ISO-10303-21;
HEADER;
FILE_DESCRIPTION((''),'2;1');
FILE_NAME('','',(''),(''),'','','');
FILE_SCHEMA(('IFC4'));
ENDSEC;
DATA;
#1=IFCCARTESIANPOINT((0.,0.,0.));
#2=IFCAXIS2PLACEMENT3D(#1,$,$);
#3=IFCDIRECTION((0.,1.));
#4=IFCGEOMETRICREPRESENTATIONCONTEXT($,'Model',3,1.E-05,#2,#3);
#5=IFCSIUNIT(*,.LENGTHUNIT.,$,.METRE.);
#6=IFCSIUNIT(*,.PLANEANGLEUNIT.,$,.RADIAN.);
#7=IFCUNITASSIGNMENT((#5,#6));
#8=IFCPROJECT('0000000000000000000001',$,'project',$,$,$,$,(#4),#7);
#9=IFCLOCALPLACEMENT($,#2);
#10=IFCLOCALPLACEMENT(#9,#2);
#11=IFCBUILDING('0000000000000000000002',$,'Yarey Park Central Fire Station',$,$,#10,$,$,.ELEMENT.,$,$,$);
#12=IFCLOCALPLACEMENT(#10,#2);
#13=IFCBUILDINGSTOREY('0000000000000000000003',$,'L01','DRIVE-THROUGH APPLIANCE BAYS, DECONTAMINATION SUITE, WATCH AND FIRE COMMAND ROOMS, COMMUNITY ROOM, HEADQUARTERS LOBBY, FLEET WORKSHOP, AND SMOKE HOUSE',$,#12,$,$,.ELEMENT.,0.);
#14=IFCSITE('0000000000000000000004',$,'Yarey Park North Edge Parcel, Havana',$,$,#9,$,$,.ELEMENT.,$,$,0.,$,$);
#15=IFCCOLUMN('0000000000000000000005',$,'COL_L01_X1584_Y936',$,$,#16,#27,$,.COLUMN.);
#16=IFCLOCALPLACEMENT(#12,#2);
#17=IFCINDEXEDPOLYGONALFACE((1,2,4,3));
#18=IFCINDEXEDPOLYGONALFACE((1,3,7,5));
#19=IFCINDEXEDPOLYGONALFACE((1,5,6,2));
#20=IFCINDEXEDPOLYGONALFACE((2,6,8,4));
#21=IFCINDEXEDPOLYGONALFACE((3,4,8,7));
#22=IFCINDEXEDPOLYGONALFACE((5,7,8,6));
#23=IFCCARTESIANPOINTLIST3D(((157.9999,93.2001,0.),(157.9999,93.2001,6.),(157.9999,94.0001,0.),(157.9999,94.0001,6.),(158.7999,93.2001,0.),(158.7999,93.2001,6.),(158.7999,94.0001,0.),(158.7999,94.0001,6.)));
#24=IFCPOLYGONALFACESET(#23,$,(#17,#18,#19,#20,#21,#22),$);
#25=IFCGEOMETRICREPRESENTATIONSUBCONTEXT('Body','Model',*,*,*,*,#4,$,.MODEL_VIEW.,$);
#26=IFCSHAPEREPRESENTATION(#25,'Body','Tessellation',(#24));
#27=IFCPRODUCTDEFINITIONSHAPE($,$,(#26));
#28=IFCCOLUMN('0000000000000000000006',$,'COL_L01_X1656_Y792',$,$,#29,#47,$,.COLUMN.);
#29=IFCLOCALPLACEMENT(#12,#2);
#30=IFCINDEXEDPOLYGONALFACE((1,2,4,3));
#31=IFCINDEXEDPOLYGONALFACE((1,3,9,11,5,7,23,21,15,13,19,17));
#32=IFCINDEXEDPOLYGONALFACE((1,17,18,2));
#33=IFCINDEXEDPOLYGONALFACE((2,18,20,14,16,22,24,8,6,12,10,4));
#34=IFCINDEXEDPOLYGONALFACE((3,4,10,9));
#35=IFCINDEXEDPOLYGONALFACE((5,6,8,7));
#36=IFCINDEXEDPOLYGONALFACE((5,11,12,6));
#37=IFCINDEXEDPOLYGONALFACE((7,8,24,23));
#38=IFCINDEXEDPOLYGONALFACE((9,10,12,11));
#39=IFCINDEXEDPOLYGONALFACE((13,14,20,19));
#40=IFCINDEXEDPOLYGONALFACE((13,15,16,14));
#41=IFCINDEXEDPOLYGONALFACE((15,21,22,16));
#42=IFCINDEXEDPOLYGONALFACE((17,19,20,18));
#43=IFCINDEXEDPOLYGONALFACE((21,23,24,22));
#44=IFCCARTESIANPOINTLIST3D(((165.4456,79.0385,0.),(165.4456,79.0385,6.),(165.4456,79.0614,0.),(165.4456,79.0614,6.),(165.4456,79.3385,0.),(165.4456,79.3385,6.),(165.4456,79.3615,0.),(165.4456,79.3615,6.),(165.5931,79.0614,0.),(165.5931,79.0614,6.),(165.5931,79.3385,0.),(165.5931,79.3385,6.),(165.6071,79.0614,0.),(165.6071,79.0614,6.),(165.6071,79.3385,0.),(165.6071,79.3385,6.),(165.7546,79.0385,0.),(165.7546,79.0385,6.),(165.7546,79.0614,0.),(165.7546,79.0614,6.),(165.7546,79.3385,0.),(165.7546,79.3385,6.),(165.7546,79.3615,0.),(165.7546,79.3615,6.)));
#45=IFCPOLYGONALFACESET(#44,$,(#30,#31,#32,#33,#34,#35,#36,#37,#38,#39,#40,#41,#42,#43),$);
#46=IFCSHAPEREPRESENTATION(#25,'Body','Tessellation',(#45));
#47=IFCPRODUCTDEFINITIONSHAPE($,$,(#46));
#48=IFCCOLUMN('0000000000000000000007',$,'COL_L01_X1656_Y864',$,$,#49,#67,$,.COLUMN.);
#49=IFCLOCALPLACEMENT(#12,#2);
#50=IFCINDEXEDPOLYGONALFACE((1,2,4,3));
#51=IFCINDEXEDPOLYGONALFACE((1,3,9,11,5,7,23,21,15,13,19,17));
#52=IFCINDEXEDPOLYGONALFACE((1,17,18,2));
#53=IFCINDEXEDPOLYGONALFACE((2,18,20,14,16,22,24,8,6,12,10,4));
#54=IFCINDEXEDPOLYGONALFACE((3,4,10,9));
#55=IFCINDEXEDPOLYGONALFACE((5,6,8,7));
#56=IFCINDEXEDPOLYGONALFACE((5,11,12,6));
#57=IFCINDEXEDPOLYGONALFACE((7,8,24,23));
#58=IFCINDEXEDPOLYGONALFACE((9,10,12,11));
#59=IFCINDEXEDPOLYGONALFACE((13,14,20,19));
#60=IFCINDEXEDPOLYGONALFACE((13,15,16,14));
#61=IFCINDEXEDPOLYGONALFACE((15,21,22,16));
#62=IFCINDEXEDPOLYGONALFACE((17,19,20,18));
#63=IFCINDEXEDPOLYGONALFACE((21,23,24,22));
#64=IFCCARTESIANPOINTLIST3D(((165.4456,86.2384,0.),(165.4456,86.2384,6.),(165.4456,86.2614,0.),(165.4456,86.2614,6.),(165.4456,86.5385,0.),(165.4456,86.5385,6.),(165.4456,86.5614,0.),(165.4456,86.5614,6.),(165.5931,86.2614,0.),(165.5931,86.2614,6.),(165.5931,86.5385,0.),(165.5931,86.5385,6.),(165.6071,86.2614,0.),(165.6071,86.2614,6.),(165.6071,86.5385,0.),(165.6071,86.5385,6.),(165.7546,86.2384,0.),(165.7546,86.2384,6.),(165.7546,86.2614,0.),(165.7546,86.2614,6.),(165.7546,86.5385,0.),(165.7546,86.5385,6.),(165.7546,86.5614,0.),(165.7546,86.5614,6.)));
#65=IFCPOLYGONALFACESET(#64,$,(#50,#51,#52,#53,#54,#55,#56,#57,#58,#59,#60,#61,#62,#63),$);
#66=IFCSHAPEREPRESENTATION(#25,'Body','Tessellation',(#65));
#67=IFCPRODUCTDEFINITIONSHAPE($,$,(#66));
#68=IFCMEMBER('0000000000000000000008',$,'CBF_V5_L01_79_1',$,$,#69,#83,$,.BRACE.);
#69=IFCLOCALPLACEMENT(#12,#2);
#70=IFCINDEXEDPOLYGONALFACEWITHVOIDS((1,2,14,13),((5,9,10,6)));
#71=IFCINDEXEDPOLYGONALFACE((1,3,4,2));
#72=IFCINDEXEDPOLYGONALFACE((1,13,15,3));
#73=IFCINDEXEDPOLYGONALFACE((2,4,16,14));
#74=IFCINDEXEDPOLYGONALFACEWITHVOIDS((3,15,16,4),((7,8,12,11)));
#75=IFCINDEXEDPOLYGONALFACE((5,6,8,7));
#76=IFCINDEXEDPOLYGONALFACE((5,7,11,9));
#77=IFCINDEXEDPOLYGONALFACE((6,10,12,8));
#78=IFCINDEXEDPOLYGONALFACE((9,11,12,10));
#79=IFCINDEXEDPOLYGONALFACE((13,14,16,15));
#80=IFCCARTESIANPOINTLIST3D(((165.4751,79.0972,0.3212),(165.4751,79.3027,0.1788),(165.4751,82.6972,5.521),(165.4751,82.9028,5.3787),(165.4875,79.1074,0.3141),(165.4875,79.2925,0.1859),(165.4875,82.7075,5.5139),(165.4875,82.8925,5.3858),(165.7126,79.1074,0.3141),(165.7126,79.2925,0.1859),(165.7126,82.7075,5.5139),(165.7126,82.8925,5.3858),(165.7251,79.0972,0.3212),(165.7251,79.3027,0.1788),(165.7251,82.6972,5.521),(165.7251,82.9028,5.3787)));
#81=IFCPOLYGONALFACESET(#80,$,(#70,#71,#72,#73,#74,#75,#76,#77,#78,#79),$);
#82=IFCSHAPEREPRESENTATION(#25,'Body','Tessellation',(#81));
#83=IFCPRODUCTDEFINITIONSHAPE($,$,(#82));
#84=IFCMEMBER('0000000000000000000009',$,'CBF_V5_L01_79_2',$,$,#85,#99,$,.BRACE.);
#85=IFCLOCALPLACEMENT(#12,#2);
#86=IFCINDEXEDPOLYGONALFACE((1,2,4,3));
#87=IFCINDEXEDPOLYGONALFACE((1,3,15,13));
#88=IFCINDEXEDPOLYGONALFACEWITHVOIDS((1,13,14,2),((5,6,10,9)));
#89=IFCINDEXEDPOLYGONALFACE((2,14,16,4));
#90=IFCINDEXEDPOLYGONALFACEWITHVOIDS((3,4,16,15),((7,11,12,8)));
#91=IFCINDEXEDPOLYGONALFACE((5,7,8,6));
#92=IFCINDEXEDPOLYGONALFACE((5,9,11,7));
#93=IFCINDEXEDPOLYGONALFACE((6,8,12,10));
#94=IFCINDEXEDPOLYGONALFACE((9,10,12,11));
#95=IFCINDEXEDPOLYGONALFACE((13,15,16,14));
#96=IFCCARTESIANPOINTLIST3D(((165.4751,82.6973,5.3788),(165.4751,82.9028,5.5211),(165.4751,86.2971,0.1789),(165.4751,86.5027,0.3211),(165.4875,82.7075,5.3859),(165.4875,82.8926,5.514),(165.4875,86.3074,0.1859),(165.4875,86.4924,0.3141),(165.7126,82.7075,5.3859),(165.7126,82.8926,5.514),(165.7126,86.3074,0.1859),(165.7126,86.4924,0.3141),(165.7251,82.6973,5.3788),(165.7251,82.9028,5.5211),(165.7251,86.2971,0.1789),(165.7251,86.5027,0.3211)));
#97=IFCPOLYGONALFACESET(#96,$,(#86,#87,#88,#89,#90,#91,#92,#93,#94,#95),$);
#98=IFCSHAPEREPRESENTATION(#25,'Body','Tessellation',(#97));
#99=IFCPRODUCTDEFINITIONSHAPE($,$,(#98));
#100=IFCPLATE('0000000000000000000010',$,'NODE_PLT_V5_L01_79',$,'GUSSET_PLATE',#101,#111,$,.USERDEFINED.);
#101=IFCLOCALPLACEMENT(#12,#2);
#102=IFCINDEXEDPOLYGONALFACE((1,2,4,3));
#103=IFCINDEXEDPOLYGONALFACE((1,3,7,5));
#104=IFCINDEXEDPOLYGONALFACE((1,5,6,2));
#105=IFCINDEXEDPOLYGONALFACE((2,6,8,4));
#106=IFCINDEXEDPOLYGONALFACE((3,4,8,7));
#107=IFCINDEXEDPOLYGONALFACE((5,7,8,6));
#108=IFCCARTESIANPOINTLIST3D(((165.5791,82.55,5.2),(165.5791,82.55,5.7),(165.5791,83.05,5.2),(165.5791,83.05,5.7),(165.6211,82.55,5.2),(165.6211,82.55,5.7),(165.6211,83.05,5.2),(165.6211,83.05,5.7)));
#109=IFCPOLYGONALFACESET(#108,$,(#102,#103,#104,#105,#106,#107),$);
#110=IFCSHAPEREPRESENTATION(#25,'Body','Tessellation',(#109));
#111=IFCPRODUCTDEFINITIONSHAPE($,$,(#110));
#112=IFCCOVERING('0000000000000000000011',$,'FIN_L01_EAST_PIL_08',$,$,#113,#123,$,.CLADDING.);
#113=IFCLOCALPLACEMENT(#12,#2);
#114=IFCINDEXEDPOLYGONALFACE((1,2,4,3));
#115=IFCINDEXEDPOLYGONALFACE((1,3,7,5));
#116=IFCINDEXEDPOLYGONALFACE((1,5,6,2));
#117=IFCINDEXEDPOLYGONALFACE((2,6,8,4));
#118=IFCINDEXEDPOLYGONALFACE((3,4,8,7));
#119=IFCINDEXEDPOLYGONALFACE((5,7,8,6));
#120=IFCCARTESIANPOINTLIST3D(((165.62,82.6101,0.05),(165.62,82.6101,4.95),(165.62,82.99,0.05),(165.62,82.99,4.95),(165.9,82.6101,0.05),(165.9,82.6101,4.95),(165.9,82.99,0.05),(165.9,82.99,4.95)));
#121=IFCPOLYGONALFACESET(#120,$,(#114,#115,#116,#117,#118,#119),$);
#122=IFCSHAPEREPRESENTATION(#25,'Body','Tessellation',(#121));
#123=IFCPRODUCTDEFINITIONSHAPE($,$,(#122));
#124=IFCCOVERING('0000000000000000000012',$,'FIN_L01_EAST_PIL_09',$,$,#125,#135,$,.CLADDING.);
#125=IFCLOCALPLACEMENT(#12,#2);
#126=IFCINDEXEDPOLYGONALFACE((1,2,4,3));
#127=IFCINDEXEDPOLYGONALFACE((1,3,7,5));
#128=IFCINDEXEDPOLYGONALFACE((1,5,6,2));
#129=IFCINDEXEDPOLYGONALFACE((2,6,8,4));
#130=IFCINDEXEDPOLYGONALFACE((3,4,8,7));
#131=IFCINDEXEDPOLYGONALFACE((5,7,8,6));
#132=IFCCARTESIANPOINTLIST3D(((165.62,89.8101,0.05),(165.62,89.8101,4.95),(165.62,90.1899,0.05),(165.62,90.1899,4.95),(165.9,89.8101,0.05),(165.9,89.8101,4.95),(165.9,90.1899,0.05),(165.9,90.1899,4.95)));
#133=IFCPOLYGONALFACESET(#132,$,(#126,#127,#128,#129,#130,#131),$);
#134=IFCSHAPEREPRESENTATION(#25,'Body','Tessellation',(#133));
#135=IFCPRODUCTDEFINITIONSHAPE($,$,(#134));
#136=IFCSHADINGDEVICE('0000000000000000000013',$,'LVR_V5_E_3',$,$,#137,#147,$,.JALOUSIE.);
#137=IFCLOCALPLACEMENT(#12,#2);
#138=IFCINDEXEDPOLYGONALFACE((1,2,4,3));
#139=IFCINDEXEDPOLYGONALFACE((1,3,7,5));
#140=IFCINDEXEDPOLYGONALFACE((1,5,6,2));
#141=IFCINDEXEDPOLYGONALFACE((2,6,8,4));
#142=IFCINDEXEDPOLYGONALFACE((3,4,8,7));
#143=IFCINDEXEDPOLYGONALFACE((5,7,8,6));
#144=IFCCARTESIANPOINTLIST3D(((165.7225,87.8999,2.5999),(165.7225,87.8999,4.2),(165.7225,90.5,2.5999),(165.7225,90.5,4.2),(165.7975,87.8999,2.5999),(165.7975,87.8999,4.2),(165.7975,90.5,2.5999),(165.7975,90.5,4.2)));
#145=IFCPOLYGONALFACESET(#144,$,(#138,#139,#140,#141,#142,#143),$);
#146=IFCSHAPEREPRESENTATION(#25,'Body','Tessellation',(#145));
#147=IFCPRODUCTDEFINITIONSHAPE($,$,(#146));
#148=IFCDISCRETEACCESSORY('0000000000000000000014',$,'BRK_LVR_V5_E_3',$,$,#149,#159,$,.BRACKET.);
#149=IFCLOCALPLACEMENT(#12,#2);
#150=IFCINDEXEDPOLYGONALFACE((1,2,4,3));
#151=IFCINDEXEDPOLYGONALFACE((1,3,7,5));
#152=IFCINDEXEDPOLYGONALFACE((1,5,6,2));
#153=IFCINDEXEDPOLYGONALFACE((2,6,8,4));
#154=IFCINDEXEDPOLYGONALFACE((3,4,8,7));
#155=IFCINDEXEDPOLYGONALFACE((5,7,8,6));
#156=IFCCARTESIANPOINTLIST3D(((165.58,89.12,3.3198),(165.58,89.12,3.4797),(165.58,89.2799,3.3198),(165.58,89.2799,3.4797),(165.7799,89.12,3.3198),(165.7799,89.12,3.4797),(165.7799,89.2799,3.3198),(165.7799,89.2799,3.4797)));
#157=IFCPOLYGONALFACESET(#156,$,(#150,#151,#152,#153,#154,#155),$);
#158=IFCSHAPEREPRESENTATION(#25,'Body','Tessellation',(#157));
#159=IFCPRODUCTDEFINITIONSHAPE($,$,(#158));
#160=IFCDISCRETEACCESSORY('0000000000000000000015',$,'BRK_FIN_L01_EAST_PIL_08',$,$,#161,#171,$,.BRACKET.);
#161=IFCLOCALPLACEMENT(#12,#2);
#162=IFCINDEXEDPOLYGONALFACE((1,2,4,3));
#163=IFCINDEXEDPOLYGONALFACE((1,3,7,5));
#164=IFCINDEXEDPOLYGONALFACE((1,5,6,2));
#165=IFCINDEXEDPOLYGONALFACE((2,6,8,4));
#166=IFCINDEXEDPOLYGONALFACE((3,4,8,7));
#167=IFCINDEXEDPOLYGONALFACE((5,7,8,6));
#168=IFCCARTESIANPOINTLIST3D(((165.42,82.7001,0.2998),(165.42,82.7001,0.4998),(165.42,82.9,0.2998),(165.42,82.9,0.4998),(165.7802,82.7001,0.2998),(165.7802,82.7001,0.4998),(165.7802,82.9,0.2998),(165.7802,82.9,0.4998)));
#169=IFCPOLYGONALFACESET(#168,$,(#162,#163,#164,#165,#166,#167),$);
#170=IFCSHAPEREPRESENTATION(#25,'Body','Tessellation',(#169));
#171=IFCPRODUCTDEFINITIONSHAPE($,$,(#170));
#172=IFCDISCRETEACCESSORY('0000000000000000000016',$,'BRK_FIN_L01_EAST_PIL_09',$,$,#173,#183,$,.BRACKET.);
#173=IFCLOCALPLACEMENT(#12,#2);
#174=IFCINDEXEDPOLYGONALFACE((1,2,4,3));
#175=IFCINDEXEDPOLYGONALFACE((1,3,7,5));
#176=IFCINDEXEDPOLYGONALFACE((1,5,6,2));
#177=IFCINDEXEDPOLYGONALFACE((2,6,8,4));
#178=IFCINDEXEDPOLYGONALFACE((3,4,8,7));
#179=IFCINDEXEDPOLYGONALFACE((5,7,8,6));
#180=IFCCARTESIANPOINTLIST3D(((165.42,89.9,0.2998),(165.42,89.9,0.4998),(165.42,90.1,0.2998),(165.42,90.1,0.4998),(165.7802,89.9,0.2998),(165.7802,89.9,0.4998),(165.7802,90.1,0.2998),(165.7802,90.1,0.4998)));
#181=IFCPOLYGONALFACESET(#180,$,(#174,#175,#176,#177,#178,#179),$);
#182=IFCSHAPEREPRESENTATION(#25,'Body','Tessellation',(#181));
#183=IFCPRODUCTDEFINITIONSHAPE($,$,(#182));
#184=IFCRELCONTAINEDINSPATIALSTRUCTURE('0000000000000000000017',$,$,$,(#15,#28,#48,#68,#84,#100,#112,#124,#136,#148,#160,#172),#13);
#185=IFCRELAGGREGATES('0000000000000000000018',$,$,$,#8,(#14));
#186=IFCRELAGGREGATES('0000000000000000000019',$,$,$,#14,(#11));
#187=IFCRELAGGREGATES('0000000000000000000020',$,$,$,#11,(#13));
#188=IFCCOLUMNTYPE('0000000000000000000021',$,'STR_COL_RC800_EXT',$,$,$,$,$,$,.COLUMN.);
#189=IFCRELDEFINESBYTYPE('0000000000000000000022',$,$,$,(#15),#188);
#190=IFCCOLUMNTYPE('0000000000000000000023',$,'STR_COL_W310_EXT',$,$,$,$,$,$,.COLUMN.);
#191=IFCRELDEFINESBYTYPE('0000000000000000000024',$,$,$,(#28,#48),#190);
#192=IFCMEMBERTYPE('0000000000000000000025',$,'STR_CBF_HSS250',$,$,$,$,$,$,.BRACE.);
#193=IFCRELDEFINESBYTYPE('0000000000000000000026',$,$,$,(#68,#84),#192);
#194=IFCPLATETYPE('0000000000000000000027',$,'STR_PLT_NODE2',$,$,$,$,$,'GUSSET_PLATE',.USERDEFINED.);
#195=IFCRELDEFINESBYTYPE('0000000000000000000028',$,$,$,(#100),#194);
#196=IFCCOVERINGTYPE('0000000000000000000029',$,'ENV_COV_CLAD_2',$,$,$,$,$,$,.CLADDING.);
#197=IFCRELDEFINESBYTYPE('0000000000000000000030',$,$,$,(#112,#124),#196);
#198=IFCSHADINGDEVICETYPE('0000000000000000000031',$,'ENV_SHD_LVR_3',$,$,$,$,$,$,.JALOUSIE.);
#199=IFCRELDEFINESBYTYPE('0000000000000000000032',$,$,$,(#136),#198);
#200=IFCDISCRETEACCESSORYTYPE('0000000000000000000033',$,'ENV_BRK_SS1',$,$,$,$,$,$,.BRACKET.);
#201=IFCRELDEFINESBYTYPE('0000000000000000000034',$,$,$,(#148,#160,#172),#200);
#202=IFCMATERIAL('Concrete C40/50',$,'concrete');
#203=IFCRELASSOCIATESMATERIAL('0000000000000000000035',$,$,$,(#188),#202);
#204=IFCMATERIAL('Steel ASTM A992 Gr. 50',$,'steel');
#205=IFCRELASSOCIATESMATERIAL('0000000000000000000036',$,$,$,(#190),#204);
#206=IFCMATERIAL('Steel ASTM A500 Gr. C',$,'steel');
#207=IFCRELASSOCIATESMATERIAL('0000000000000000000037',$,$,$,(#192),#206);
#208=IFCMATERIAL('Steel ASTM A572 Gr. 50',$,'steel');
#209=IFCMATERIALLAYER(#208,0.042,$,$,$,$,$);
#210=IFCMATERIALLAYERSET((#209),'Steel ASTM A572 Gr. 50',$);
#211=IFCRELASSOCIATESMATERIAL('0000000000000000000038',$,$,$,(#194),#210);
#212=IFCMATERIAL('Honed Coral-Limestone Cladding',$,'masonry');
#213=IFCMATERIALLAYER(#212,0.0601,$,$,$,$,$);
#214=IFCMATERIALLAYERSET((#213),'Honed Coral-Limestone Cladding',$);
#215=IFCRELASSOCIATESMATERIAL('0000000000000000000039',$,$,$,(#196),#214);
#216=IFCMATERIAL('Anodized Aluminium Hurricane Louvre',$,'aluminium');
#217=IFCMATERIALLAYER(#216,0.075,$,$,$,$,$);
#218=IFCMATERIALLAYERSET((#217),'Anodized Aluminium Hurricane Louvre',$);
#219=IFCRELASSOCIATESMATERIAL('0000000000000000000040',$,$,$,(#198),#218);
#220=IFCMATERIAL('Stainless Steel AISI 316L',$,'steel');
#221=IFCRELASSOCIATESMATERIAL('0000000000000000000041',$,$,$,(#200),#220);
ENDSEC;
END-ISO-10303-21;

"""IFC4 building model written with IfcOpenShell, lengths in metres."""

from ifc_helpers import new_model, si_unit, direction, frame, origin, origin_2d, place, context, subcontext, project, spatial, rectangle, hollow_rectangle, i_section, extrude, material, layer, layer_set, material_profile, profile_set, type_object, element, save


model = new_model("IFC4")

# Units and contexts
model_context = context("Model", 3, precision=1e-05, world=origin(), true_north=direction((0.0, 1.0)))
body_context = subcontext(model_context, "Body", "Model", "MODEL_VIEW")
ifc_project = project(units=[si_unit("LENGTHUNIT", "METRE"), si_unit("PLANEANGLEUNIT", "RADIAN")], contexts=[model_context])

# Site, building, storey
site_placement = place(None, origin())
site = spatial("IfcSite", under=ifc_project, at=site_placement, Name="Yarey Park North Edge Parcel, Havana", CompositionType="ELEMENT", RefElevation=0.0)
building_placement = place(site_placement, origin())
building = spatial("IfcBuilding", under=site, at=building_placement, Name="Yarey Park Central Fire Station", CompositionType="ELEMENT")
storey_placement = place(building_placement, origin())
storey = spatial("IfcBuildingStorey", under=building, at=storey_placement, Name="L01", Description="DRIVE-THROUGH APPLIANCE BAYS, DECONTAMINATION SUITE, WATCH AND FIRE COMMAND ROOMS, COMMUNITY ROOM, HEADQUARTERS LOBBY, FLEET WORKSHOP, AND SMOKE HOUSE", CompositionType="ELEMENT", Elevation=0.0)

# Columns
ifc_material_1 = material(Name="Concrete C40/50", Category="concrete")
ifc_material_profile_1 = material_profile(ifc_material_1, rectangle(XDim=0.8, YDim=0.8, at=origin_2d()), Name="RC 800x800")
ifc_profile_set_1 = profile_set([ifc_material_profile_1], Name="Concrete C40/50")
column_type_1 = type_object("IfcColumnType", Name="STR_COL_RC800_EXT", PredefinedType="COLUMN", material=ifc_profile_set_1)
column_placement = place(storey_placement, frame((158.3999, 93.6001, 0.0), z_axis=(0.0, 0.0, 1.0), x_axis=(1.0, 0.0, 0.0)))
element("IfcColumn", 1, at=column_placement, inside=storey, type_object=column_type_1, Name="COL_L01_X1584_Y936", PredefinedType="COLUMN", context=body_context, shape_type="SweptSolid", body=[
    extrude(rectangle(XDim=0.8, YDim=0.8, at=origin_2d()), origin(), (0.0, 0.0, 1.0), 6.0),
])
ifc_material_2 = material(Name="Steel ASTM A992 Gr. 50", Category="steel")
ifc_material_profile_2 = material_profile(ifc_material_2, i_section(OverallWidth=0.3091, OverallDepth=0.323, WebThickness=0.0139, FlangeThickness=0.0229, at=origin_2d()), Name="W310x143")
ifc_profile_set_2 = profile_set([ifc_material_profile_2], Name="Steel ASTM A992 Gr. 50")
column_type_2 = type_object("IfcColumnType", Name="STR_COL_W310_EXT", PredefinedType="COLUMN", material=ifc_profile_set_2)
for number, where, z_axis, x_axis, name in (
    (2, (165.6001, 79.2, 0.0), (0.0, 0.0, 1.0), (1.0, 0.0, 0.0), "COL_L01_X1656_Y792"),
    (3, (165.6001, 86.3999, 0.0), (0.0, 0.0, 1.0), (1.0, 0.0, 0.0), "COL_L01_X1656_Y864"),
):
    element("IfcColumn", number, at=place(storey_placement, frame(where, z_axis=z_axis, x_axis=x_axis)), inside=storey, type_object=column_type_2, Name=name, PredefinedType="COLUMN", context=body_context, shape_type="SweptSolid", body=[
        extrude(i_section(OverallWidth=0.3091, OverallDepth=0.323, WebThickness=0.0139, FlangeThickness=0.0229, at=origin_2d()), origin(), (0.0, 0.0, 1.0), 6.0),
    ])

# Members
ifc_material_3 = material(Name="Steel ASTM A500 Gr. C", Category="steel")
ifc_material_profile_3 = material_profile(ifc_material_3, hollow_rectangle(XDim=0.25, YDim=0.25, WallThickness=0.0125, at=origin_2d()), Name="HSS 250x250x12.5")
ifc_profile_set_3 = profile_set([ifc_material_profile_3], Name="Steel ASTM A500 Gr. C")
member_type = type_object("IfcMemberType", Name="STR_CBF_HSS250", PredefinedType="BRACE", material=ifc_profile_set_3)
for number, where, z_axis, x_axis, name in (
    (4, (165.6001, 79.2, 0.25), (0.0, 0.569224, 0.822182), (-1.0, 0.0, 0.0), "CBF_V5_L01_79_1"),
    (5, (165.6001, 86.3999, 0.25), (0.0, -0.569198, 0.822201), (1.0, 0.0, 0.0), "CBF_V5_L01_79_2"),
):
    element("IfcMember", number, at=place(storey_placement, frame(where, z_axis=z_axis, x_axis=x_axis)), inside=storey, type_object=member_type, Name=name, PredefinedType="BRACE", context=body_context, shape_type="SweptSolid", body=[
        extrude(hollow_rectangle(XDim=0.25, YDim=0.25, WallThickness=0.0125, at=origin_2d()), origin(), (0.0, 0.0, 1.0), 6.3245),
    ])

# Plate
ifc_material_4 = material(Name="Steel ASTM A572 Gr. 50", Category="steel")
ifc_layer_1 = layer(ifc_material_4, 0.042)
ifc_layer_set_1 = layer_set([ifc_layer_1], Name="Steel ASTM A572 Gr. 50")
plate_type = type_object("IfcPlateType", Name="STR_PLT_NODE2", ElementType="GUSSET_PLATE", PredefinedType="USERDEFINED", material=ifc_layer_set_1)
plate_placement = place(storey_placement, frame((165.6001, 82.8, 5.2), z_axis=(0.0, 0.0, 1.0), x_axis=(1.0, 0.0, 0.0)))
element("IfcPlate", 6, at=plate_placement, inside=storey, type_object=plate_type, Name="NODE_PLT_V5_L01_79", ObjectType="GUSSET_PLATE", PredefinedType="USERDEFINED", context=body_context, shape_type="SweptSolid", body=[
    extrude(rectangle(XDim=0.042, YDim=0.5, at=origin_2d()), origin(), (0.0, 0.0, 1.0), 0.5),
])

# Coverings
ifc_material_5 = material(Name="Honed Coral-Limestone Cladding", Category="masonry")
ifc_layer_2 = layer(ifc_material_5, 0.0601)
ifc_layer_set_2 = layer_set([ifc_layer_2], Name="Honed Coral-Limestone Cladding")
covering_type = type_object("IfcCoveringType", Name="ENV_COV_CLAD_2", PredefinedType="CLADDING", material=ifc_layer_set_2)
for number, where, z_axis, x_axis, name in (
    (7, (165.76, 82.8, 0.05), (0.0, 0.0, 1.0), (0.0, 1.0, 0.0), "FIN_L01_EAST_PIL_08"),
    (8, (165.76, 90.0, 0.05), (0.0, 0.0, 1.0), (0.0, 1.0, 0.0), "FIN_L01_EAST_PIL_09"),
):
    element("IfcCovering", number, at=place(storey_placement, frame(where, z_axis=z_axis, x_axis=x_axis)), inside=storey, type_object=covering_type, Name=name, PredefinedType="CLADDING", context=body_context, shape_type="SweptSolid", body=[
        extrude(rectangle(XDim=0.3799, YDim=0.28, at=origin_2d()), origin(), (0.0, 0.0, 1.0), 4.8999),
    ])

# Shading device
ifc_material_6 = material(Name="Anodized Aluminium Hurricane Louvre", Category="aluminium")
ifc_layer_3 = layer(ifc_material_6, 0.075)
ifc_layer_set_3 = layer_set([ifc_layer_3], Name="Anodized Aluminium Hurricane Louvre")
shading_device_type = type_object("IfcShadingDeviceType", Name="ENV_SHD_LVR_3", PredefinedType="JALOUSIE", material=ifc_layer_set_3)
shading_device_placement = place(storey_placement, frame((165.76, 89.2, 2.5999), z_axis=(0.0, 0.0, 1.0), x_axis=(0.0, 1.0, 0.0)))
element("IfcShadingDevice", 9, at=shading_device_placement, inside=storey, type_object=shading_device_type, Name="LVR_V5_E_3", PredefinedType="JALOUSIE", context=body_context, shape_type="SweptSolid", body=[
    extrude(rectangle(XDim=2.6001, YDim=0.075, at=origin_2d()), origin(), (0.0, 0.0, 1.0), 1.6001),
])

# Discrete accessories
ifc_material_7 = material(Name="Stainless Steel AISI 316L", Category="steel")
discrete_accessory_type = type_object("IfcDiscreteAccessoryType", Name="ENV_BRK_SS1", PredefinedType="BRACKET", material=ifc_material_7)
discrete_accessory_placement = place(storey_placement, frame((165.6799, 89.2, 3.3198), z_axis=(0.0, 0.0, 1.0), x_axis=(1.0, 0.0, 0.0)))
element("IfcDiscreteAccessory", 10, at=discrete_accessory_placement, inside=storey, type_object=discrete_accessory_type, Name="BRK_LVR_V5_E_3", PredefinedType="BRACKET", context=body_context, shape_type="SweptSolid", body=[
    extrude(rectangle(XDim=0.2, YDim=0.1599, at=origin_2d()), origin(), (0.0, 0.0, 1.0), 0.1599),
])
for number, where, z_axis, x_axis, name in (
    (11, (165.6001, 82.8, 0.2998), (0.0, 0.0, 1.0), (1.0, 0.0, 0.0), "BRK_FIN_L01_EAST_PIL_08"),
    (12, (165.6001, 90.0, 0.2998), (0.0, 0.0, 1.0), (1.0, 0.0, 0.0), "BRK_FIN_L01_EAST_PIL_09"),
):
    element("IfcDiscreteAccessory", number, at=place(storey_placement, frame(where, z_axis=z_axis, x_axis=x_axis)), inside=storey, type_object=discrete_accessory_type, Name=name, PredefinedType="BRACKET", context=body_context, shape_type="SweptSolid", body=[
        extrude(rectangle(XDim=0.3601, YDim=0.2, at=origin_2d()), origin(), (0.0, 0.0, 1.0), 0.2),
    ])

save(model, "model.ifc")
